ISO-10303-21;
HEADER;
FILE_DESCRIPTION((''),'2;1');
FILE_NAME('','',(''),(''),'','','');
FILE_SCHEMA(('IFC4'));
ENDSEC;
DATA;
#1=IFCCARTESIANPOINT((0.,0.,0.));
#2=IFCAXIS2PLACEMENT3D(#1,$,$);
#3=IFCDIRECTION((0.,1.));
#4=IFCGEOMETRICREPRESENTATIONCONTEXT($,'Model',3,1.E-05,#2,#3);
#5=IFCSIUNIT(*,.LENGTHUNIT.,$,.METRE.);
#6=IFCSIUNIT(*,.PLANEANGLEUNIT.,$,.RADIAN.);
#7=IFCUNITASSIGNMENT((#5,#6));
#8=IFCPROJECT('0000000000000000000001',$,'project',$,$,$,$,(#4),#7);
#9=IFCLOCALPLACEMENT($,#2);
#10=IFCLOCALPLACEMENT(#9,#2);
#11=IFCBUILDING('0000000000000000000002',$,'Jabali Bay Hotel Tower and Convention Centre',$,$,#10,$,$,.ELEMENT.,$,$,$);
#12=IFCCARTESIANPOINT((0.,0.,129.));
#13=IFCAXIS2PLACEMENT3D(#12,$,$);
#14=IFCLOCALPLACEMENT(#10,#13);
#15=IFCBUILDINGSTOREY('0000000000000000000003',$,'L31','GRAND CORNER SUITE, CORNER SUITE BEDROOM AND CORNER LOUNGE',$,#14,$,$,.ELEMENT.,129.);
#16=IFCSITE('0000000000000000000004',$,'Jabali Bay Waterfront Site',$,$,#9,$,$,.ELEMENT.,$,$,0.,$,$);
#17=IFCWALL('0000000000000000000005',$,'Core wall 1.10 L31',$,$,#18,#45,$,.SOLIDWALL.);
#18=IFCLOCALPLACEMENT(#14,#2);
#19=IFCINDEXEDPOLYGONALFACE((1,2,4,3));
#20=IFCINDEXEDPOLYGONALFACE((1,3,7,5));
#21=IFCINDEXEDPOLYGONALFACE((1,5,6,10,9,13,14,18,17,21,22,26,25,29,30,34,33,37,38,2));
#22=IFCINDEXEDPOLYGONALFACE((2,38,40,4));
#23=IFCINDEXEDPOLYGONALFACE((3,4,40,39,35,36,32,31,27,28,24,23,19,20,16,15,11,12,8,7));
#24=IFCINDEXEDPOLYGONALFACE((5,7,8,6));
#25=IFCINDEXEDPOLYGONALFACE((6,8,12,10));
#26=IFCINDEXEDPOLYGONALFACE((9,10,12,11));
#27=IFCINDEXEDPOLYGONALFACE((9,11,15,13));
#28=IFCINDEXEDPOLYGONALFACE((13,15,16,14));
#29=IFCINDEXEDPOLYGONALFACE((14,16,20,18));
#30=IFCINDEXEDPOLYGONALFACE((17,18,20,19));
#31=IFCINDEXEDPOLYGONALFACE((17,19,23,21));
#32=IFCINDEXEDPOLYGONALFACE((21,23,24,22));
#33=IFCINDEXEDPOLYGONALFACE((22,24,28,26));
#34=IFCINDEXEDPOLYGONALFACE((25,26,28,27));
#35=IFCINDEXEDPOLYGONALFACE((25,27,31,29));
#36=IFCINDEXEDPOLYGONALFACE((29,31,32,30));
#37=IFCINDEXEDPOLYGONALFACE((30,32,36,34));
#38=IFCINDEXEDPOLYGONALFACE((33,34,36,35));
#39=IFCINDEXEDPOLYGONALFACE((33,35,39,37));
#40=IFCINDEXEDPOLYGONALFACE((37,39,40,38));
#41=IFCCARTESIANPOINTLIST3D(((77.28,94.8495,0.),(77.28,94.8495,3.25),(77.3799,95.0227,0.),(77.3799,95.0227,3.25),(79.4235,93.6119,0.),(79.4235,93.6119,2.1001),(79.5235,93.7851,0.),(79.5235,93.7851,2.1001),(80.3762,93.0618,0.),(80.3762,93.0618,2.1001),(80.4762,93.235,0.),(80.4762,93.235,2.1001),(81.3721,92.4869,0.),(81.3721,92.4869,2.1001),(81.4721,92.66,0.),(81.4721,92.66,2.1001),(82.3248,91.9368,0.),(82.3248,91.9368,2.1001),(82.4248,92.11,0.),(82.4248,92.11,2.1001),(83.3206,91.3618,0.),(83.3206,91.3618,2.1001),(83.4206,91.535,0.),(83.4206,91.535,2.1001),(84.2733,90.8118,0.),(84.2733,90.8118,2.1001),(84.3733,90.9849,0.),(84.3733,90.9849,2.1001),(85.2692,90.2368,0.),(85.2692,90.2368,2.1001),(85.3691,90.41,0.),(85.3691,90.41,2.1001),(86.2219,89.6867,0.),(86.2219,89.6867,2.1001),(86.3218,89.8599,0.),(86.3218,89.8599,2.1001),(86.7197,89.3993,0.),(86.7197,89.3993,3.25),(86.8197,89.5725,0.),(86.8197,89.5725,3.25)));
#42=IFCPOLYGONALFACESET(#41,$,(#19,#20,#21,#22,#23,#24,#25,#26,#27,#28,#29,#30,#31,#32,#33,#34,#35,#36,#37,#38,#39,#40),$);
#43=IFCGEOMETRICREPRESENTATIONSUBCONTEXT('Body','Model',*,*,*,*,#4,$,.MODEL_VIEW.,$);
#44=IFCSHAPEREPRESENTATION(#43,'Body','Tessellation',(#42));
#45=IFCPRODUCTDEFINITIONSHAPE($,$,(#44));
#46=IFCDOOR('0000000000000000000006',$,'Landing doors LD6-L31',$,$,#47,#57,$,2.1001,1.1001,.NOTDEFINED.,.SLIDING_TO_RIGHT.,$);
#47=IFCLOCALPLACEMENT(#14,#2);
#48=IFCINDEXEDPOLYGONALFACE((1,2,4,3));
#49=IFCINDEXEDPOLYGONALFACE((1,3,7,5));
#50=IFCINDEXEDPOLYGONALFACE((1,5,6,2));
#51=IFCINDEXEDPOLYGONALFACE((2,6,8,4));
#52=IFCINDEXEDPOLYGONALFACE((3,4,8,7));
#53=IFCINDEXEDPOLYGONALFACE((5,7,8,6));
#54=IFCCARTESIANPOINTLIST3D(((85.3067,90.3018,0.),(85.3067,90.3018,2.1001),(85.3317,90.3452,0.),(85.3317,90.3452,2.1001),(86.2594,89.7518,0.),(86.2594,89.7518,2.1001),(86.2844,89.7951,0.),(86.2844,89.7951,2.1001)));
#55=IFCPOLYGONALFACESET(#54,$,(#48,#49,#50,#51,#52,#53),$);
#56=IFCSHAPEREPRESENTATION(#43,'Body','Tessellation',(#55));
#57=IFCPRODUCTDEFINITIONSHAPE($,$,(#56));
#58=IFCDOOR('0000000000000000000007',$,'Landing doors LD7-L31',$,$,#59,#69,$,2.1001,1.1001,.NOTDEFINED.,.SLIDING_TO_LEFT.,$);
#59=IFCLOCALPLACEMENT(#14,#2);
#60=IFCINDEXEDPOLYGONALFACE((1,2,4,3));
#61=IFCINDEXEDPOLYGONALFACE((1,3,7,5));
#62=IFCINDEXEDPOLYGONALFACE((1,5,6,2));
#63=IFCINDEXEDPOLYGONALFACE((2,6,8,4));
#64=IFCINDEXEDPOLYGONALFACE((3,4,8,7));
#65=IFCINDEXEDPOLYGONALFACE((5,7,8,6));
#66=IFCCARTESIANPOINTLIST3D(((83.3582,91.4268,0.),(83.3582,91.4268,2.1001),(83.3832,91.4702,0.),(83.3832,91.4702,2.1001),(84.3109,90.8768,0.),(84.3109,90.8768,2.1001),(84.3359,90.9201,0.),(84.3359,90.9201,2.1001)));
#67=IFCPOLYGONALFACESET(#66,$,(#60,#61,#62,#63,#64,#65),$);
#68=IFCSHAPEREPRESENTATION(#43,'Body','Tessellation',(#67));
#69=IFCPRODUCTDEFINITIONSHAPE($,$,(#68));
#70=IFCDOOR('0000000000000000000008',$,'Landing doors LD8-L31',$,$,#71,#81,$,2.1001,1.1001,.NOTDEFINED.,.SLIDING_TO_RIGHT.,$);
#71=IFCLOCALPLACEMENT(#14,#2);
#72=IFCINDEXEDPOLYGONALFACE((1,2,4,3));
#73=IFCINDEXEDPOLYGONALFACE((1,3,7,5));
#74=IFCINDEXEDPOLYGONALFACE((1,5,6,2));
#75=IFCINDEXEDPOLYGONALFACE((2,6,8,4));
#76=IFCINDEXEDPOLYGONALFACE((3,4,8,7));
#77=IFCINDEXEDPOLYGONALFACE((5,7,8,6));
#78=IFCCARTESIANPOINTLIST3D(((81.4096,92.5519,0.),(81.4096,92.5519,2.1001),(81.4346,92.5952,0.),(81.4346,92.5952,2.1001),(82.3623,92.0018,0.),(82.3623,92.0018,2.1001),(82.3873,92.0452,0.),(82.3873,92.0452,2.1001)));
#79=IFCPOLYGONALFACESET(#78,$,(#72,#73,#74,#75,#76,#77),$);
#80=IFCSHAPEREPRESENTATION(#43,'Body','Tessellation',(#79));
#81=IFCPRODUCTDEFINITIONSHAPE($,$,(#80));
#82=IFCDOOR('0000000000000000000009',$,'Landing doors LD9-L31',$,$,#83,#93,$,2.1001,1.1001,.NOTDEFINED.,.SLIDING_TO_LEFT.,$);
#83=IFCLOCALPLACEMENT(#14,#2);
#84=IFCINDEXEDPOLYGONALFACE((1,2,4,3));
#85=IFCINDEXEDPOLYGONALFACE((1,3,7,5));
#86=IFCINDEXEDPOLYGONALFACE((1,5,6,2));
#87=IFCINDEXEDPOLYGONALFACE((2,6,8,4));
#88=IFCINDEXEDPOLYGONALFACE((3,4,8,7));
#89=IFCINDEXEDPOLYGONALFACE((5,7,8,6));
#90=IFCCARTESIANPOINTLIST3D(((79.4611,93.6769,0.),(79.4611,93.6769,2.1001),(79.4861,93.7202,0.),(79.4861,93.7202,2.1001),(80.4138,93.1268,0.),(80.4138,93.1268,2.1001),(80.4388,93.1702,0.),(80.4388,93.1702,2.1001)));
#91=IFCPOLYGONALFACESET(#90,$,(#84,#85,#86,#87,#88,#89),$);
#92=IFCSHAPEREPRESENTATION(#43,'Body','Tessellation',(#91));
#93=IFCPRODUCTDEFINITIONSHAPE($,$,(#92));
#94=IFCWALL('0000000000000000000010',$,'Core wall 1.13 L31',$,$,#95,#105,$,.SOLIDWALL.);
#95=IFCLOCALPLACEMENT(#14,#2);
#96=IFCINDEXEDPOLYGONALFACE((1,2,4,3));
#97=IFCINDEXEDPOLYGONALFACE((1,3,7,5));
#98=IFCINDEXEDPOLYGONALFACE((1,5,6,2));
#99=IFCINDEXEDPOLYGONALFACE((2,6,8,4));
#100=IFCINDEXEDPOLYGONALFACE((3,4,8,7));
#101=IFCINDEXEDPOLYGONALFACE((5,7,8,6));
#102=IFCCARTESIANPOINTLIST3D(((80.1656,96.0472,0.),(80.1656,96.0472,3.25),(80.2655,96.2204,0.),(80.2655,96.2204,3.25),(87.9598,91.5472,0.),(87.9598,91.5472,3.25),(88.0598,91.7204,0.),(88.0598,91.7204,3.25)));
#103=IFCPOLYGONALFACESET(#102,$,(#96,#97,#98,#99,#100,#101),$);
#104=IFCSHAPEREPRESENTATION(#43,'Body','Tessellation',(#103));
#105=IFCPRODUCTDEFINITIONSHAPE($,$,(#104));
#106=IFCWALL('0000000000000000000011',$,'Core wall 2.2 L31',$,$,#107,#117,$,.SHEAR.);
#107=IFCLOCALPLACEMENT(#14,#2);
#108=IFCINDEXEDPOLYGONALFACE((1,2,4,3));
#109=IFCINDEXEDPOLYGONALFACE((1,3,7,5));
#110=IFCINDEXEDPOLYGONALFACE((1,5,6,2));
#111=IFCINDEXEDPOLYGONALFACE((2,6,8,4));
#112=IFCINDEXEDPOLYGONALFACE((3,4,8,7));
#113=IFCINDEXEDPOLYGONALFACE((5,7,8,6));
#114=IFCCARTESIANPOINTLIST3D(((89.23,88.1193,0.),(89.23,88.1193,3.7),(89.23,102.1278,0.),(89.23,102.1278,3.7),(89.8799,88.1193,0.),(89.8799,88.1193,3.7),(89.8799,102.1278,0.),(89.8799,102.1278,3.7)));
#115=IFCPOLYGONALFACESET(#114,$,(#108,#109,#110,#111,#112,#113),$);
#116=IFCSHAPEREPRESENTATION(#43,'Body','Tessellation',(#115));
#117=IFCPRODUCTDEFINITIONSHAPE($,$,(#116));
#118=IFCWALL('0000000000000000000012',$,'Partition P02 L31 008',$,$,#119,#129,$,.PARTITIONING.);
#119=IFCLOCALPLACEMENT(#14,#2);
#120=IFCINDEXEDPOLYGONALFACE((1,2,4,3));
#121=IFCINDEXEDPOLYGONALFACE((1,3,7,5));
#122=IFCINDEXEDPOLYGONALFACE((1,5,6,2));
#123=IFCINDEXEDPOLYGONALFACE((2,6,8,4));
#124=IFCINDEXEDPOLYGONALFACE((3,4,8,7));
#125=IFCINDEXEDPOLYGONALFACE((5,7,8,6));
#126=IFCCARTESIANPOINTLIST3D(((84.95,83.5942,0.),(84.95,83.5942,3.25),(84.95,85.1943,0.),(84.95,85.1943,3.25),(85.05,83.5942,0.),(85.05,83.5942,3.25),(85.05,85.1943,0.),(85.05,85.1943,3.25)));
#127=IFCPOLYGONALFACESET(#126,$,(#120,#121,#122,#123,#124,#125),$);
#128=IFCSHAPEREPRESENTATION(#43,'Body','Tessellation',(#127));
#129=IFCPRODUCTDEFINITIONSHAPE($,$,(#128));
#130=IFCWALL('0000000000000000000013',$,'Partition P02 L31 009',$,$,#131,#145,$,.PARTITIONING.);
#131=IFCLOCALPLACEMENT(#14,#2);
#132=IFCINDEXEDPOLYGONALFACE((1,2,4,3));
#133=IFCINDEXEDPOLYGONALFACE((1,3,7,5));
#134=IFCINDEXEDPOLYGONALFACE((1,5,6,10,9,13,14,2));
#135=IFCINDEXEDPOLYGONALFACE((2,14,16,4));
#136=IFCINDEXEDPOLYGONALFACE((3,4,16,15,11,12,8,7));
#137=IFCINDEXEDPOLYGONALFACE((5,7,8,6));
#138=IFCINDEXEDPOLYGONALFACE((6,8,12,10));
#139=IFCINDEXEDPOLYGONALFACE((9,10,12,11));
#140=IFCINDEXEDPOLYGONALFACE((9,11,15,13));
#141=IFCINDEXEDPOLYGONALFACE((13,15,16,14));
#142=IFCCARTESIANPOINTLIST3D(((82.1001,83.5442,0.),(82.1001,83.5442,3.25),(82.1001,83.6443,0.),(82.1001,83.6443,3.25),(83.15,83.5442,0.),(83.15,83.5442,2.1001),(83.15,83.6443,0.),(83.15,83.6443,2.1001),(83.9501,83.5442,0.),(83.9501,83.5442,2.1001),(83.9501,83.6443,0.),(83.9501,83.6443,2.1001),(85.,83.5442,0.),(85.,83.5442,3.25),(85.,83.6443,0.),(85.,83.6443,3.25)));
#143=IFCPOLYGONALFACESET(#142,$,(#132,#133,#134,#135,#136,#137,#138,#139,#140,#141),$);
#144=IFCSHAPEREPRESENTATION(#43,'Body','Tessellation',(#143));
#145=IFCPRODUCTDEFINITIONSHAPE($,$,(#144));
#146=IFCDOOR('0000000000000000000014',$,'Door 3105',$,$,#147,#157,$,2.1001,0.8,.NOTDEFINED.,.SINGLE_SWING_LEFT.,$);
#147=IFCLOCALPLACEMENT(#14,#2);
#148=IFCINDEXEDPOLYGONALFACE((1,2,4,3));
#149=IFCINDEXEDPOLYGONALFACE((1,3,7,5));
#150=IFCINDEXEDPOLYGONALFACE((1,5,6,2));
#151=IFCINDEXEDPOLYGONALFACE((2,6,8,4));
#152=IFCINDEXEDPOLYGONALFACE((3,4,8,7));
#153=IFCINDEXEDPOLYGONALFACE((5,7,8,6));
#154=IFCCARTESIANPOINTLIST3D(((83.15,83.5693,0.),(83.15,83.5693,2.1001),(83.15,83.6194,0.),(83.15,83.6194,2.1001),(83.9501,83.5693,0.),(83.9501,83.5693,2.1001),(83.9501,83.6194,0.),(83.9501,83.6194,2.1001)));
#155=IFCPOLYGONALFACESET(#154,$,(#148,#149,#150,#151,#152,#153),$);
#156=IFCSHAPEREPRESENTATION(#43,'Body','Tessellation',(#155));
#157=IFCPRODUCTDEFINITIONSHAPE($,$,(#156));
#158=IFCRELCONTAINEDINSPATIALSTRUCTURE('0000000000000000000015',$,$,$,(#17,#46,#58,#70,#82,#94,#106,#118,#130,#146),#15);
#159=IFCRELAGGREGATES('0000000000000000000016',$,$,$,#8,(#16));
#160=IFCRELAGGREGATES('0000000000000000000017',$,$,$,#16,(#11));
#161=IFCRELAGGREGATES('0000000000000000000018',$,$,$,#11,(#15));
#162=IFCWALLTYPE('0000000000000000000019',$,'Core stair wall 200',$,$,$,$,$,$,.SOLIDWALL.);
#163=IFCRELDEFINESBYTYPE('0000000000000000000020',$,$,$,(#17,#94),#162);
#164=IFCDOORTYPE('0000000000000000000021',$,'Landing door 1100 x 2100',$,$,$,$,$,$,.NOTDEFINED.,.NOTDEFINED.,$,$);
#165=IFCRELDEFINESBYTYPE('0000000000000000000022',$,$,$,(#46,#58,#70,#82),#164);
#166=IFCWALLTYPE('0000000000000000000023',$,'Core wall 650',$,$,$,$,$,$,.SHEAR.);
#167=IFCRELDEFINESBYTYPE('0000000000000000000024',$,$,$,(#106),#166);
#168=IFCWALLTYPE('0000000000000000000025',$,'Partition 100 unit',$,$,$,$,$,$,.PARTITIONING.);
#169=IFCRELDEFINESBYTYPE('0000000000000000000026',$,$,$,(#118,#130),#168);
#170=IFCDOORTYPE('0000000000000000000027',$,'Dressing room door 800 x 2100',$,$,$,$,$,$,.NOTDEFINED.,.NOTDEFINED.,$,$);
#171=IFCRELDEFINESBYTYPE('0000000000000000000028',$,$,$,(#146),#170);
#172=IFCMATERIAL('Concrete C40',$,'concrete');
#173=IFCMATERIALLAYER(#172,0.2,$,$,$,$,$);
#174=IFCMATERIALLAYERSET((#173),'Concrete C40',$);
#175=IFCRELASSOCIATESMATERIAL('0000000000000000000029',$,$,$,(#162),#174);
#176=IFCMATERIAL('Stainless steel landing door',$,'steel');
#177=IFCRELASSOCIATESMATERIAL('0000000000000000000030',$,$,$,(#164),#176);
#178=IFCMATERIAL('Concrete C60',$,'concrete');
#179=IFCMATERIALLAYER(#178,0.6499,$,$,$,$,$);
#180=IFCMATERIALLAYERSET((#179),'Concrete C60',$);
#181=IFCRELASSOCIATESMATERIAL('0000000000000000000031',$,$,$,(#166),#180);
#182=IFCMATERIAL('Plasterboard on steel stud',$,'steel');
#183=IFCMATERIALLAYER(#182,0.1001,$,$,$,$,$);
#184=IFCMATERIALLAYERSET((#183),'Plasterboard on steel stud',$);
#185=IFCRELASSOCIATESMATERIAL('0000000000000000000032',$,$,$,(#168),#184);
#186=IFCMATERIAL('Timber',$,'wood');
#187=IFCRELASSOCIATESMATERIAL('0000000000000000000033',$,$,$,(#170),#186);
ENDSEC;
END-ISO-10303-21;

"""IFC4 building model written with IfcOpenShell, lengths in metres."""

from ifc_helpers import new_model, si_unit, direction, frame, frame_2d, origin, place, context, subcontext, project, spatial, rectangle, extrude, material, layer, layer_set, type_object, element, fill, save


model = new_model("IFC4")

# Units and contexts
model_context = context("Model", 3, precision=1e-05, world=origin(), true_north=direction((0.0, 1.0)))
body_context = subcontext(model_context, "Body", "Model", "MODEL_VIEW")
ifc_project = project(units=[si_unit("LENGTHUNIT", "METRE"), si_unit("PLANEANGLEUNIT", "RADIAN")], contexts=[model_context])

# Site, building, storey
site_placement = place(None, origin())
site = spatial("IfcSite", under=ifc_project, at=site_placement, Name="Jabali Bay Waterfront Site", CompositionType="ELEMENT", RefElevation=0.0)
building_placement = place(site_placement, origin())
building = spatial("IfcBuilding", under=site, at=building_placement, Name="Jabali Bay Hotel Tower and Convention Centre", CompositionType="ELEMENT")
storey_placement = place(building_placement, frame((0.0, 0.0, 129.0)))
storey = spatial("IfcBuildingStorey", under=building, at=storey_placement, Name="L31", Description="GRAND CORNER SUITE, CORNER SUITE BEDROOM AND CORNER LOUNGE", CompositionType="ELEMENT", Elevation=129.0)

# Shared definitions
ifc_material_1 = material(Name="Concrete C60", Category="concrete")

# Shared definitions
ifc_material_2 = material(Name="Concrete C40", Category="concrete")

# Shared definitions
ifc_layer_1 = layer(ifc_material_2, 0.2)
ifc_layer_set_1 = layer_set([ifc_layer_1], Name="Concrete C40")
wall_type_1 = type_object("IfcWallType", Name="Core stair wall 200", PredefinedType="SOLIDWALL", material=ifc_layer_set_1)

# Wall, openings, doors
wall_1_placement = place(storey_placement, frame((86.7698, 89.4858, 0.0), z_axis=(0.0, 0.0, 1.0), x_axis=(-0.866018, 0.500013, 0.0)))
wall_1 = element("IfcWall", 1, at=wall_1_placement, inside=storey, type_object=wall_type_1, Name="Core wall 1.10 L31", PredefinedType="SOLIDWALL", context=body_context, shape_type="SweptSolid", body=[
    extrude(rectangle(XDim=10.9001, YDim=0.2, at=frame_2d((5.4502, 0.0))), origin(), (0.0, 0.0, 1.0), 3.25),
])
opening_1_placement = place(wall_1_placement, frame((0.575, 0.0, 0.0)))
opening_1 = element("IfcOpeningElement", 2, at=opening_1_placement, cuts=wall_1, PredefinedType="OPENING", context=body_context, shape_type="SweptSolid", body=[
    extrude(rectangle(XDim=1.1001, YDim=2.1001, at=frame_2d((0.55, 1.05))), frame((0.0, 0.1104, 0.0), z_axis=(0.0, -1.0, 0.0), x_axis=(1.0, 0.0, 0.0)), (0.0, 0.0, 1.0), 0.2209),
])
opening_2_placement = place(wall_1_placement, frame((2.825, 0.0, 0.0)))
opening_2 = element("IfcOpeningElement", 3, at=opening_2_placement, cuts=wall_1, PredefinedType="OPENING", context=body_context, shape_type="SweptSolid", body=[
    extrude(rectangle(XDim=1.1001, YDim=2.1001, at=frame_2d((0.55, 1.05))), frame((0.0, 0.1104, 0.0), z_axis=(0.0, -1.0, 0.0), x_axis=(1.0, 0.0, 0.0)), (0.0, 0.0, 1.0), 0.2209),
])
opening_3_placement = place(wall_1_placement, frame((5.075, 0.0, 0.0)))
opening_3 = element("IfcOpeningElement", 4, at=opening_3_placement, cuts=wall_1, PredefinedType="OPENING", context=body_context, shape_type="SweptSolid", body=[
    extrude(rectangle(XDim=1.1001, YDim=2.1001, at=frame_2d((0.55, 1.05))), frame((0.0, 0.1104, 0.0), z_axis=(0.0, -1.0, 0.0), x_axis=(1.0, 0.0, 0.0)), (0.0, 0.0, 1.0), 0.2209),
])
opening_4_placement = place(wall_1_placement, frame((7.325, 0.0, 0.0)))
opening_4 = element("IfcOpeningElement", 5, at=opening_4_placement, cuts=wall_1, PredefinedType="OPENING", context=body_context, shape_type="SweptSolid", body=[
    extrude(rectangle(XDim=1.1001, YDim=2.1001, at=frame_2d((0.55, 1.05))), frame((0.0, 0.1104, 0.0), z_axis=(0.0, -1.0, 0.0), x_axis=(1.0, 0.0, 0.0)), (0.0, 0.0, 1.0), 0.2209),
])
ifc_material_3 = material(Name="Stainless steel landing door", Category="steel")
door_type_1 = type_object("IfcDoorType", Name="Landing door 1100 x 2100", OperationType="NOTDEFINED", PredefinedType="NOTDEFINED", material=ifc_material_3)
door_1_placement = place(opening_1_placement, origin())
door_1 = element("IfcDoor", 6, at=door_1_placement, inside=storey, type_object=door_type_1, Name="Landing doors LD6-L31", OperationType="SLIDING_TO_RIGHT", OverallHeight=2.1001, OverallWidth=1.1001, PredefinedType="NOTDEFINED", context=body_context, shape_type="SweptSolid", body=[
    extrude(rectangle(XDim=1.1001, YDim=2.1001, at=frame_2d((0.55, 1.05))), frame((0.0, 0.0249, 0.0), z_axis=(0.0, -1.0, 0.0), x_axis=(1.0, 0.0, 0.0)), (0.0, 0.0, 1.0), 0.05),
])
fill(opening_1, door_1)
door_2_placement = place(opening_2_placement, origin())
door_2 = element("IfcDoor", 7, at=door_2_placement, inside=storey, type_object=door_type_1, Name="Landing doors LD7-L31", OperationType="SLIDING_TO_LEFT", OverallHeight=2.1001, OverallWidth=1.1001, PredefinedType="NOTDEFINED", context=body_context, shape_type="SweptSolid", body=[
    extrude(rectangle(XDim=1.1001, YDim=2.1001, at=frame_2d((0.55, 1.05))), frame((0.0, 0.0249, 0.0), z_axis=(0.0, -1.0, 0.0), x_axis=(1.0, 0.0, 0.0)), (0.0, 0.0, 1.0), 0.05),
])
fill(opening_2, door_2)
door_3_placement = place(opening_3_placement, origin())
door_3 = element("IfcDoor", 8, at=door_3_placement, inside=storey, type_object=door_type_1, Name="Landing doors LD8-L31", OperationType="SLIDING_TO_RIGHT", OverallHeight=2.1001, OverallWidth=1.1001, PredefinedType="NOTDEFINED", context=body_context, shape_type="SweptSolid", body=[
    extrude(rectangle(XDim=1.1001, YDim=2.1001, at=frame_2d((0.55, 1.05))), frame((0.0, 0.0249, 0.0), z_axis=(0.0, -1.0, 0.0), x_axis=(1.0, 0.0, 0.0)), (0.0, 0.0, 1.0), 0.05),
])
fill(opening_3, door_3)
door_4_placement = place(opening_4_placement, origin())
door_4 = element("IfcDoor", 9, at=door_4_placement, inside=storey, type_object=door_type_1, Name="Landing doors LD9-L31", OperationType="SLIDING_TO_LEFT", OverallHeight=2.1001, OverallWidth=1.1001, PredefinedType="NOTDEFINED", context=body_context, shape_type="SweptSolid", body=[
    extrude(rectangle(XDim=1.1001, YDim=2.1001, at=frame_2d((0.55, 1.05))), frame((0.0, 0.0249, 0.0), z_axis=(0.0, -1.0, 0.0), x_axis=(1.0, 0.0, 0.0)), (0.0, 0.0, 1.0), 0.05),
])
fill(opening_4, door_4)

# Walls
wall_2_placement = place(storey_placement, frame((88.0098, 91.6338, 0.0), z_axis=(0.0, 0.0, 1.0), x_axis=(-0.866024, 0.500002, 0.0)))
element("IfcWall", 10, at=wall_2_placement, inside=storey, type_object=wall_type_1, Name="Core wall 1.13 L31", PredefinedType="SOLIDWALL", context=body_context, shape_type="SweptSolid", body=[
    extrude(rectangle(XDim=9.0, YDim=0.2, at=frame_2d((4.5, 0.0))), origin(), (0.0, 0.0, 1.0), 3.25),
])
ifc_layer_2 = layer(ifc_material_1, 0.6499)
ifc_layer_set_2 = layer_set([ifc_layer_2], Name="Concrete C60")
wall_type_2 = type_object("IfcWallType", Name="Core wall 650", PredefinedType="SHEAR", material=ifc_layer_set_2)
wall_3_placement = place(storey_placement, frame((89.5549, 88.1191, 0.0), z_axis=(0.0, 0.0, 1.0), x_axis=(0.0, 1.0, 0.0)))
element("IfcWall", 11, at=wall_3_placement, inside=storey, type_object=wall_type_2, Name="Core wall 2.2 L31", PredefinedType="SHEAR", context=body_context, shape_type="SweptSolid", body=[
    extrude(rectangle(XDim=14.0085, YDim=0.6499, at=frame_2d((7.0044, 0.0))), origin(), (0.0, 0.0, 1.0), 3.7),
])
ifc_material_4 = material(Name="Plasterboard on steel stud", Category="steel")
ifc_layer_3 = layer(ifc_material_4, 0.1001)
ifc_layer_set_3 = layer_set([ifc_layer_3], Name="Plasterboard on steel stud")
wall_type_3 = type_object("IfcWallType", Name="Partition 100 unit", PredefinedType="PARTITIONING", material=ifc_layer_set_3)
wall_4_placement = place(storey_placement, frame((85.0, 85.1943, 0.0), z_axis=(0.0, 0.0, 1.0), x_axis=(0.0, -1.0, 0.0)))
element("IfcWall", 12, at=wall_4_placement, inside=storey, type_object=wall_type_3, Name="Partition P02 L31 008", PredefinedType="PARTITIONING", context=body_context, shape_type="SweptSolid", body=[
    extrude(rectangle(XDim=1.6001, YDim=0.1001, at=frame_2d((0.8, 0.0))), origin(), (0.0, 0.0, 1.0), 3.25),
])

# Wall, opening, door
wall_5_placement = place(storey_placement, frame((85.0, 83.5942, 0.0), z_axis=(0.0, 0.0, 1.0), x_axis=(-1.0, 0.0, 0.0)))
wall_5 = element("IfcWall", 13, at=wall_5_placement, inside=storey, type_object=wall_type_3, Name="Partition P02 L31 009", PredefinedType="PARTITIONING", context=body_context, shape_type="SweptSolid", body=[
    extrude(rectangle(XDim=2.8999, YDim=0.1001, at=frame_2d((1.45, 0.0))), origin(), (0.0, 0.0, 1.0), 3.25),
])
opening_5_placement = place(wall_5_placement, frame((1.05, 0.0, 0.0)))
opening_5 = element("IfcOpeningElement", 14, at=opening_5_placement, cuts=wall_5, PredefinedType="OPENING", context=body_context, shape_type="SweptSolid", body=[
    extrude(rectangle(XDim=0.8, YDim=2.1001, at=frame_2d((0.3999, 1.05))), frame((0.0, 0.0605, 0.0), z_axis=(0.0, -1.0, 0.0), x_axis=(1.0, 0.0, 0.0)), (0.0, 0.0, 1.0), 0.1211),
])
ifc_material_5 = material(Name="Timber", Category="wood")
door_type_2 = type_object("IfcDoorType", Name="Dressing room door 800 x 2100", OperationType="NOTDEFINED", PredefinedType="NOTDEFINED", material=ifc_material_5)
door_5_placement = place(opening_5_placement, origin())
door_5 = element("IfcDoor", 15, at=door_5_placement, inside=storey, type_object=door_type_2, Name="Door 3105", OperationType="SINGLE_SWING_LEFT", OverallHeight=2.1001, OverallWidth=0.8, PredefinedType="NOTDEFINED", context=body_context, shape_type="SweptSolid", body=[
    extrude(rectangle(XDim=0.8, YDim=2.1001, at=frame_2d((0.3999, 1.05))), frame((0.0, 0.0249, 0.0), z_axis=(0.0, -1.0, 0.0), x_axis=(1.0, 0.0, 0.0)), (0.0, 0.0, 1.0), 0.05),
])
fill(opening_5, door_5)

save(model, "model.ifc")
